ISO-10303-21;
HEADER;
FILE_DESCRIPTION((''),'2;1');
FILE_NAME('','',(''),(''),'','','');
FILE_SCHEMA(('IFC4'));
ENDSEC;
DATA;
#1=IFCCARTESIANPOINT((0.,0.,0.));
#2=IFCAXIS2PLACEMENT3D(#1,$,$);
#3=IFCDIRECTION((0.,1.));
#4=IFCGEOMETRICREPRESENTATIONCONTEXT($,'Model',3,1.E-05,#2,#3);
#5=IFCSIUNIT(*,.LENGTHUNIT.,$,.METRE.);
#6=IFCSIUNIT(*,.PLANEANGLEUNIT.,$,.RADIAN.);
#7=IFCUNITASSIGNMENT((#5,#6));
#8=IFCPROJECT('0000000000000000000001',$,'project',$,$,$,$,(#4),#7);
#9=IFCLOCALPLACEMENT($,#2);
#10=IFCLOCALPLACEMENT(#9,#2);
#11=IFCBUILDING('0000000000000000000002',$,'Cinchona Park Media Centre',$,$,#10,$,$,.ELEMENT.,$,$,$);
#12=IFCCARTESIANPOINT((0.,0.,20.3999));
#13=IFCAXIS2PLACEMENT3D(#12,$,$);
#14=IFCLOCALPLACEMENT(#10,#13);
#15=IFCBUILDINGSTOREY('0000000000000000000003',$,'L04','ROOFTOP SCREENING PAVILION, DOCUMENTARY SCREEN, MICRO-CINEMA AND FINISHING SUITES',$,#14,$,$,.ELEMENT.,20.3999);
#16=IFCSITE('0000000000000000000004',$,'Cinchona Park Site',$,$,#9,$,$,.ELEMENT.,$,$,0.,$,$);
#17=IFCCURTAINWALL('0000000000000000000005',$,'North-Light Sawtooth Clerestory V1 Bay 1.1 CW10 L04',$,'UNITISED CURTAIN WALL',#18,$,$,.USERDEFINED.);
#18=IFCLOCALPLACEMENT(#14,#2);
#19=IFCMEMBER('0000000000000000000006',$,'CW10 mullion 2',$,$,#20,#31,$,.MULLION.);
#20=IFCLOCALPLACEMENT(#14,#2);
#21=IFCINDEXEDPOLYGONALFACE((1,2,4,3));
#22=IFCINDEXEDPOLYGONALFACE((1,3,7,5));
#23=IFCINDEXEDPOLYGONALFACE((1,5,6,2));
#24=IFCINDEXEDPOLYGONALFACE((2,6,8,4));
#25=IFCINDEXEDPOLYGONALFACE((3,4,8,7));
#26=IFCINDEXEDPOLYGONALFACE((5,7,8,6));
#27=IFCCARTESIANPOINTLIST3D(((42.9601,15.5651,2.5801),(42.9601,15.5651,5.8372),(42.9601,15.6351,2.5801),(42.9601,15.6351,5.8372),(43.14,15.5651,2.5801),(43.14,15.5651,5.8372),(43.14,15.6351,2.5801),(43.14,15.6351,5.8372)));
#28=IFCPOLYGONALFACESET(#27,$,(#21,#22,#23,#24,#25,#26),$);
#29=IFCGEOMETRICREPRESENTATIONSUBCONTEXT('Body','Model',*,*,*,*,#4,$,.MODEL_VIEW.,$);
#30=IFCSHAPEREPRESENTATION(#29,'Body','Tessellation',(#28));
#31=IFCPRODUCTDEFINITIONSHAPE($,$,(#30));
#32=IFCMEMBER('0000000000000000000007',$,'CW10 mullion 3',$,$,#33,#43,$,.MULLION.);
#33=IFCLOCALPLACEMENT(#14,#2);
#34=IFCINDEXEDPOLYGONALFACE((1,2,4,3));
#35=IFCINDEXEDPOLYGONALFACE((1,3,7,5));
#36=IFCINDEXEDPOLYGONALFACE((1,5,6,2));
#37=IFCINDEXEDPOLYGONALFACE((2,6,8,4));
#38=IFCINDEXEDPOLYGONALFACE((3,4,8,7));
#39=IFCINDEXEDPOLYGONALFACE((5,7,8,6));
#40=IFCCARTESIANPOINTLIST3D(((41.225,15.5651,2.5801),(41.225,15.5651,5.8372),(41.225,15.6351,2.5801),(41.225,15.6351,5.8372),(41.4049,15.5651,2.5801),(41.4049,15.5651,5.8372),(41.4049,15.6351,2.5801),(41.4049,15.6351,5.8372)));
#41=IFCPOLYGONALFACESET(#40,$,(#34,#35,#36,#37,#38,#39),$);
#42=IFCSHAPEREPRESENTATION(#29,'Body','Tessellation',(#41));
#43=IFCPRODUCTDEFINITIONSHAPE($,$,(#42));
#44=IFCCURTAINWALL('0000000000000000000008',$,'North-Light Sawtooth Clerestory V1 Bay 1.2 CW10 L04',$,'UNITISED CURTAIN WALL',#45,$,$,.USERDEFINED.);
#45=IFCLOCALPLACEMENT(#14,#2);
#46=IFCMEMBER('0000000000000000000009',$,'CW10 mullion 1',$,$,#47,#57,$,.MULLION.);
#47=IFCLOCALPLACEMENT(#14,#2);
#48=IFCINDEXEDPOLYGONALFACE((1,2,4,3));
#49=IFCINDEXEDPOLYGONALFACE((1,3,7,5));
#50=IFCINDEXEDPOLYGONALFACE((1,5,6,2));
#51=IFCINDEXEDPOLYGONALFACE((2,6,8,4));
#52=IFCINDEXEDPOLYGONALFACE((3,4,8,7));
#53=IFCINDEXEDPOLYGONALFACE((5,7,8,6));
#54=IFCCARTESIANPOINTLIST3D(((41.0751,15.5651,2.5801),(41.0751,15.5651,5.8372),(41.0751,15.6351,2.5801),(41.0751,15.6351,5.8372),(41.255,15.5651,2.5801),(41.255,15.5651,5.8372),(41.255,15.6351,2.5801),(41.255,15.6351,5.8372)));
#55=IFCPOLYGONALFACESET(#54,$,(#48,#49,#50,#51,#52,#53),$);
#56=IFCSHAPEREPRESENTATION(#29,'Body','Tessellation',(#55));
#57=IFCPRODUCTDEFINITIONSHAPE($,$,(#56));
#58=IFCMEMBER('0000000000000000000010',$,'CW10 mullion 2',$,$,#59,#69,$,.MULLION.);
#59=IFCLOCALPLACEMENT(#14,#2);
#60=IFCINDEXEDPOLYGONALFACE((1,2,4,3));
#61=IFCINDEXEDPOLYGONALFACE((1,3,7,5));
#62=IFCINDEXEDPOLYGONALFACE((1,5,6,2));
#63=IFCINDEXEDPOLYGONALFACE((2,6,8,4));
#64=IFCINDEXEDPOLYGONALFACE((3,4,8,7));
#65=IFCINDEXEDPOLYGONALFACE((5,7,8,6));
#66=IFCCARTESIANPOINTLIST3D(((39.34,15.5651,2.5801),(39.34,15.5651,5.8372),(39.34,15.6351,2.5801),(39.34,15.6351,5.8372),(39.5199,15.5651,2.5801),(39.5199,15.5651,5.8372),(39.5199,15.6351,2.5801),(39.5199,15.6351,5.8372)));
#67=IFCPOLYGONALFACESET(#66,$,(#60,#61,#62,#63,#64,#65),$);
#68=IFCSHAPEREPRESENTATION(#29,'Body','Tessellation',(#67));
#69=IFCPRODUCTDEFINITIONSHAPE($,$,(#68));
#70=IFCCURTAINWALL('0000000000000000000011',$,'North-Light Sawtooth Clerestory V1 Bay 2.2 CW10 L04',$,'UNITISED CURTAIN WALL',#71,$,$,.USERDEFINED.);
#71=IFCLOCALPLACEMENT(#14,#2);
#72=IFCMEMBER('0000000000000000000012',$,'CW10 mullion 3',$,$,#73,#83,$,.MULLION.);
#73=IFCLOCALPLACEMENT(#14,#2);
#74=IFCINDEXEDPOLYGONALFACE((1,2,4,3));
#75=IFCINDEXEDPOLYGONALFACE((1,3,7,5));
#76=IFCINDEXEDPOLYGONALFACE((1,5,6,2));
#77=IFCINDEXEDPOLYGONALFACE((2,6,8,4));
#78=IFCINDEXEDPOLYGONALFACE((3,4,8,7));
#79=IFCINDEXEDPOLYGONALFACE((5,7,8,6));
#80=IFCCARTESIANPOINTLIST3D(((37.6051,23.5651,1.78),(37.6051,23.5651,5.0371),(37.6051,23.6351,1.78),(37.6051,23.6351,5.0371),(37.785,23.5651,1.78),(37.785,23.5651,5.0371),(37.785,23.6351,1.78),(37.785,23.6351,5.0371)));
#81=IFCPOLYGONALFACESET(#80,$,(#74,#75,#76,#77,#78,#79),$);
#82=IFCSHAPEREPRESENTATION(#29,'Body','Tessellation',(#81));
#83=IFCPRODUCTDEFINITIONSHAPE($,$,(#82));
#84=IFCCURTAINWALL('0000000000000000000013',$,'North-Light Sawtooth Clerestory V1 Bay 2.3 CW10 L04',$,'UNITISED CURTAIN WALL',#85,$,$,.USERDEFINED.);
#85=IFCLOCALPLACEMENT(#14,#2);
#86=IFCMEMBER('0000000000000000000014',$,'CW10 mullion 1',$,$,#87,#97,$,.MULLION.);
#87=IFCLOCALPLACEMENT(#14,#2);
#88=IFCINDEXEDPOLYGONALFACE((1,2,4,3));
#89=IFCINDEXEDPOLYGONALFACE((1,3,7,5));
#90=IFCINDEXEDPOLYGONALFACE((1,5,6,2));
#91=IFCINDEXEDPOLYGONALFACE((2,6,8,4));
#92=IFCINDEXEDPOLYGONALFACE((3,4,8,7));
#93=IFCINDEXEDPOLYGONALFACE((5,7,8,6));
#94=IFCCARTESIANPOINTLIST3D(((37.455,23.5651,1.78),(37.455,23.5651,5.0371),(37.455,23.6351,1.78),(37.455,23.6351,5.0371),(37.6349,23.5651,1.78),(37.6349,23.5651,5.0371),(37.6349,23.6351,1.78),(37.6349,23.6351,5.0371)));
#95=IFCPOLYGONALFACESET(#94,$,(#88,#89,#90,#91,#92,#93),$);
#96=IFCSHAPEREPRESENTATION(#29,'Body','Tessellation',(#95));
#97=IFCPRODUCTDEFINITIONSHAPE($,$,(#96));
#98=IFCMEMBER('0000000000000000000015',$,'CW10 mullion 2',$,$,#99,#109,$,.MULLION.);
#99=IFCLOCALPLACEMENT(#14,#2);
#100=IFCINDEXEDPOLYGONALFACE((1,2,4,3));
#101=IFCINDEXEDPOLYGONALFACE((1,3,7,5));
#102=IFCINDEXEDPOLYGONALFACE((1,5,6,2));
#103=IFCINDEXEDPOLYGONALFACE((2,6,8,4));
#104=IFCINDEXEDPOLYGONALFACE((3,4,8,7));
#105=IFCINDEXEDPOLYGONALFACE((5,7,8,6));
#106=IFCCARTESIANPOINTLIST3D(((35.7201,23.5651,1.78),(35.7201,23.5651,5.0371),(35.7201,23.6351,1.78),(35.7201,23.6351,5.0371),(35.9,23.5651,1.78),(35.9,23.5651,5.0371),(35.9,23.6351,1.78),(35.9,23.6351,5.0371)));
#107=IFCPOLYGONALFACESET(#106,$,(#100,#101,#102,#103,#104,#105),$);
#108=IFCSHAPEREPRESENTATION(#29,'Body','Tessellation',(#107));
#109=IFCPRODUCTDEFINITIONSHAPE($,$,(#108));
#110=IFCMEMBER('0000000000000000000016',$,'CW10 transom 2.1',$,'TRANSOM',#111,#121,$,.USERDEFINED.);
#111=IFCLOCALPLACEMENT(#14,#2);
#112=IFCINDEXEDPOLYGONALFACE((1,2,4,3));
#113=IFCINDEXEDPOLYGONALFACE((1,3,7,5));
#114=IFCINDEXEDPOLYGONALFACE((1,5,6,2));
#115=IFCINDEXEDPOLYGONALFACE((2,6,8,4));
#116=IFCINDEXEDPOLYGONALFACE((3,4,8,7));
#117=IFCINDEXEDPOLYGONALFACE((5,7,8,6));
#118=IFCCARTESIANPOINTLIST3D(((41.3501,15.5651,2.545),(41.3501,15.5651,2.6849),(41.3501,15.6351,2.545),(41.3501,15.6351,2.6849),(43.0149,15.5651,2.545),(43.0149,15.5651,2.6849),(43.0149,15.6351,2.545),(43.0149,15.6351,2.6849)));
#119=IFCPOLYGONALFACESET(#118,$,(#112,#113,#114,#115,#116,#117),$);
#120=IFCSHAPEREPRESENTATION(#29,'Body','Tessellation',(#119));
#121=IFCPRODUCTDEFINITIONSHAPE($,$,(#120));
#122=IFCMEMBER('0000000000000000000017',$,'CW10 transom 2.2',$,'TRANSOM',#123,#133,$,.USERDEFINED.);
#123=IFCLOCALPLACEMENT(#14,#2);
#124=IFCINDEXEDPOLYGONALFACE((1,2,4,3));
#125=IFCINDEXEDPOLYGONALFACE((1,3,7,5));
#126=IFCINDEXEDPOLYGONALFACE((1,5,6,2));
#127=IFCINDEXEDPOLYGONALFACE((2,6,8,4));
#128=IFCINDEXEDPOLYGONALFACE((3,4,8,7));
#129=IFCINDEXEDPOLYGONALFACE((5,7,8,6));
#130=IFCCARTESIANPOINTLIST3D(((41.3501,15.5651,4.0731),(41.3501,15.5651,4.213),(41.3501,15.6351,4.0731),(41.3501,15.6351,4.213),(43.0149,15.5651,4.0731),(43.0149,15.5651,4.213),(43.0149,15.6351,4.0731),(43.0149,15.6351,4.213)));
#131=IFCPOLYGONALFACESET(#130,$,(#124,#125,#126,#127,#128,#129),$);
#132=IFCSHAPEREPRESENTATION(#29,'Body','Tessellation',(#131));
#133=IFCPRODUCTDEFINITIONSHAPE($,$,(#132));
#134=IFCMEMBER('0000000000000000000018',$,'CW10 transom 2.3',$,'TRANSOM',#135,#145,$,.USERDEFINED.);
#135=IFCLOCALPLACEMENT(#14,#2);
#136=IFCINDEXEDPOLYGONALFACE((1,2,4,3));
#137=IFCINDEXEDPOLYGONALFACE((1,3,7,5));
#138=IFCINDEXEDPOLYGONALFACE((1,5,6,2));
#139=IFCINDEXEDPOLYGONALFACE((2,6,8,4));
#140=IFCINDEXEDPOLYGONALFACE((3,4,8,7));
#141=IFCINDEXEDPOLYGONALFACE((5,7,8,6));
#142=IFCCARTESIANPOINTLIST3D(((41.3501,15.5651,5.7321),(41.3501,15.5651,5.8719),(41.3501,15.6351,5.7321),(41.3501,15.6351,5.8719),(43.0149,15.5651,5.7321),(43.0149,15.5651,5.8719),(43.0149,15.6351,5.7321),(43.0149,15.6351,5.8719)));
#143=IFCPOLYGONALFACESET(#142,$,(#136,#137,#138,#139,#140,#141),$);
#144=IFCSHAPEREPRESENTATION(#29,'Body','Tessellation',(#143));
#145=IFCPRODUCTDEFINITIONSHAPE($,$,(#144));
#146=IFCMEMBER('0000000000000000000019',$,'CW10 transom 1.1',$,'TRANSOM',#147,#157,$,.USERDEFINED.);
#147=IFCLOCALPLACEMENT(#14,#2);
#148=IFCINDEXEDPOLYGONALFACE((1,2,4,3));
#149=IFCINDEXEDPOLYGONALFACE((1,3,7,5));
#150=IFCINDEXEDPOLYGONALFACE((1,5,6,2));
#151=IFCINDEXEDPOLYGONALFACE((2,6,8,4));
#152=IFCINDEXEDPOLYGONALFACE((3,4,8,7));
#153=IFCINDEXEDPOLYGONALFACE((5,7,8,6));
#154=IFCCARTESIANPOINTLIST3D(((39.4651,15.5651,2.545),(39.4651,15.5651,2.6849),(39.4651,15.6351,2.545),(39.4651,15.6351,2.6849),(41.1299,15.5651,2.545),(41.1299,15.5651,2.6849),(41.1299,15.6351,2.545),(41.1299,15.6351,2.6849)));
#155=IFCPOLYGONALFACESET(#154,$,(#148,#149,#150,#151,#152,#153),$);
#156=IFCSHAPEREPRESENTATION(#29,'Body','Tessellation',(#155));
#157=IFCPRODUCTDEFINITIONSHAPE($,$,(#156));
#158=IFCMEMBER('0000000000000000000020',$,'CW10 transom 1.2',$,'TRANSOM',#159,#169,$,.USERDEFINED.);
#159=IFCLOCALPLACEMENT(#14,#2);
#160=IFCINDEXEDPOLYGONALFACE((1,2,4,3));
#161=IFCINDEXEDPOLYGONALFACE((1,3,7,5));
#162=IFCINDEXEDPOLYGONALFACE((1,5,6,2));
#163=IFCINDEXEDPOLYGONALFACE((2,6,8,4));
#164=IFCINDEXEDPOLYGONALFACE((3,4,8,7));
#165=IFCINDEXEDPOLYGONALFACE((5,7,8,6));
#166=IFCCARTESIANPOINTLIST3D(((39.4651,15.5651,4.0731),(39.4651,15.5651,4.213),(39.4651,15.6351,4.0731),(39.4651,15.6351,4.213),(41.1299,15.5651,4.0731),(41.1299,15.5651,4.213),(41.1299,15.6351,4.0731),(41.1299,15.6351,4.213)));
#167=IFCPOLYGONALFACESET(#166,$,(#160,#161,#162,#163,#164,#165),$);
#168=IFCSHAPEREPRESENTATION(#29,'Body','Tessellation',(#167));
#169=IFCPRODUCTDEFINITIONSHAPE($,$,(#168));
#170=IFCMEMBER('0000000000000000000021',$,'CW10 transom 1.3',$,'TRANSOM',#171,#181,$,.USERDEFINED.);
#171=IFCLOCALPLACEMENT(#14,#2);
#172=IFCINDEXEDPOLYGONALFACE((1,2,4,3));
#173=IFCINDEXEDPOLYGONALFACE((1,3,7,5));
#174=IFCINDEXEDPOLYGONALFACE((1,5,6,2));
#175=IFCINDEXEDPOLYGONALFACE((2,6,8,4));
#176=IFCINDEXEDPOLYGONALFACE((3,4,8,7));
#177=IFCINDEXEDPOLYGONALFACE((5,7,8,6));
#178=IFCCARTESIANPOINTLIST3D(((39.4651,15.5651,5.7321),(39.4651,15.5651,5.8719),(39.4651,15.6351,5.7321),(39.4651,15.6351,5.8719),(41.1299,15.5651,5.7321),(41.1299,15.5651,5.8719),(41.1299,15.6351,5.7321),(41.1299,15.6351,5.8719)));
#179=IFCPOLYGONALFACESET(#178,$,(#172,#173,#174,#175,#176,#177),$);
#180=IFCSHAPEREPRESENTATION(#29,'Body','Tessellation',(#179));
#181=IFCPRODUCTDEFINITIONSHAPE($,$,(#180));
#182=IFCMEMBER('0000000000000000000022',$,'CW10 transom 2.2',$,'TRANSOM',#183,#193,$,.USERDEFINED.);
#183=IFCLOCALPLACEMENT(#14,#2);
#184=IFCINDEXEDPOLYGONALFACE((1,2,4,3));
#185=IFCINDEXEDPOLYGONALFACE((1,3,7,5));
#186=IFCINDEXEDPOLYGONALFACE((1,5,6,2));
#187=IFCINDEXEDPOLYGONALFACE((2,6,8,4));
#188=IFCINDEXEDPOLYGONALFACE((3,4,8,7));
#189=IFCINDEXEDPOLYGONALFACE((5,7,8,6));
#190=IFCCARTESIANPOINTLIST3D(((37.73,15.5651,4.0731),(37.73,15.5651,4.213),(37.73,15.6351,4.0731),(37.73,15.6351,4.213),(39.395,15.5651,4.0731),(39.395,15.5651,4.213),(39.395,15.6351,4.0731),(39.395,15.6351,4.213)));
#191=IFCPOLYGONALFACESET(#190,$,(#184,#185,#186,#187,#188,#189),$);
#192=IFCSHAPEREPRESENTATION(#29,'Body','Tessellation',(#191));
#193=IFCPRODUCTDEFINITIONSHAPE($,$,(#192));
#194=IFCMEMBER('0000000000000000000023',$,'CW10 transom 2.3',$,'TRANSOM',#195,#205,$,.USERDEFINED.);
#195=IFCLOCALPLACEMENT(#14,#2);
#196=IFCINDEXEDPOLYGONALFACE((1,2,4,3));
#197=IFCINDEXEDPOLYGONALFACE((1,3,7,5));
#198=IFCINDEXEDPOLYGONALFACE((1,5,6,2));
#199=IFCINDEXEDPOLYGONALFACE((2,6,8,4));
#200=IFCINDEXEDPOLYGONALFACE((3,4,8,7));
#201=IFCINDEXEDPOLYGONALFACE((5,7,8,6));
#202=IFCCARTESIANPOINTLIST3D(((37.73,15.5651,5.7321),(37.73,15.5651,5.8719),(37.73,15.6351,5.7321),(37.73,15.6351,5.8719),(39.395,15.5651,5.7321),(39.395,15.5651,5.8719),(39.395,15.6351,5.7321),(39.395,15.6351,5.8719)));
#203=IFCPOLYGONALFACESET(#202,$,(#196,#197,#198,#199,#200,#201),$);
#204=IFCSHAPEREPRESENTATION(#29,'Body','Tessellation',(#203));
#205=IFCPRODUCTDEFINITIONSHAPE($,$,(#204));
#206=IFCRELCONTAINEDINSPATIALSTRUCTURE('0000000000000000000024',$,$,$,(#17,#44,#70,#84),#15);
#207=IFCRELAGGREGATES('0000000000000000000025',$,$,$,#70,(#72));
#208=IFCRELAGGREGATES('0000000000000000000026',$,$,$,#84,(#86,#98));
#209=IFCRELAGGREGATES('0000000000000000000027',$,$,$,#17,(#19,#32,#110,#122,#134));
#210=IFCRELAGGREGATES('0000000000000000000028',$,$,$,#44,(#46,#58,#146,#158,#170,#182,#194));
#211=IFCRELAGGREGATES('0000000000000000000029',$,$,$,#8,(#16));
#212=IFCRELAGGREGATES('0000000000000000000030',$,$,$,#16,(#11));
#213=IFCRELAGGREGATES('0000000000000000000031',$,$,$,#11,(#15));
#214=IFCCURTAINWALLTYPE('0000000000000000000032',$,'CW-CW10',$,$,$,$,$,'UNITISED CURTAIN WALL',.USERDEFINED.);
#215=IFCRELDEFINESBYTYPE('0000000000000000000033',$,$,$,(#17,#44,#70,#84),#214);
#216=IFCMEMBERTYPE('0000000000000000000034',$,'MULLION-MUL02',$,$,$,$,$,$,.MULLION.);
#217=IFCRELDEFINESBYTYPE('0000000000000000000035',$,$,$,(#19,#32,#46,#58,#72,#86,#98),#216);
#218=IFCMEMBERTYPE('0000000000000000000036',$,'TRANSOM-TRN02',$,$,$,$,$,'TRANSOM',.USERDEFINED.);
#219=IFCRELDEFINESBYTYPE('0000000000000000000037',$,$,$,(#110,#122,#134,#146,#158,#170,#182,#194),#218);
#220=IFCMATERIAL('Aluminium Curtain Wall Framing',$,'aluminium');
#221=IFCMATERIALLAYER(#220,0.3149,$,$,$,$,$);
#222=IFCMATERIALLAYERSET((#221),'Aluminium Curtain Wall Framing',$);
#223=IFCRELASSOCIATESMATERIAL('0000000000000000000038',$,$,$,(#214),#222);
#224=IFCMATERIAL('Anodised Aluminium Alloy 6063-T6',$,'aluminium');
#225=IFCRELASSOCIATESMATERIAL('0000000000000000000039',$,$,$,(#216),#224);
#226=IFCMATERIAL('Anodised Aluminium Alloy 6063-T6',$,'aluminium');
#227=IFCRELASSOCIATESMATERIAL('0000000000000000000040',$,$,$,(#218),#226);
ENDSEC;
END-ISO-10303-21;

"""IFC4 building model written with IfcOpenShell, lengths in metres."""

from ifc_helpers import new_model, si_unit, direction, frame, origin, origin_2d, place, context, subcontext, project, spatial, rectangle, extrude, material, layer, layer_set, material_profile, profile_set, type_object, element, aggregate, save


model = new_model("IFC4")

# Units and contexts
model_context = context("Model", 3, precision=1e-05, world=origin(), true_north=direction((0.0, 1.0)))
body_context = subcontext(model_context, "Body", "Model", "MODEL_VIEW")
ifc_project = project(units=[si_unit("LENGTHUNIT", "METRE"), si_unit("PLANEANGLEUNIT", "RADIAN")], contexts=[model_context])

# Site, building, storey
site_placement = place(None, origin())
site = spatial("IfcSite", under=ifc_project, at=site_placement, Name="Cinchona Park Site", CompositionType="ELEMENT", RefElevation=0.0)
building_placement = place(site_placement, origin())
building = spatial("IfcBuilding", under=site, at=building_placement, Name="Cinchona Park Media Centre", CompositionType="ELEMENT")
storey_placement = place(building_placement, frame((0.0, 0.0, 20.3999)))
storey = spatial("IfcBuildingStorey", under=building, at=storey_placement, Name="L04", Description="ROOFTOP SCREENING PAVILION, DOCUMENTARY SCREEN, MICRO-CINEMA AND FINISHING SUITES", CompositionType="ELEMENT", Elevation=20.3999)

# Curtain walls, members
ifc_material_1 = material(Name="Aluminium Curtain Wall Framing", Category="aluminium")
ifc_layer_1 = layer(ifc_material_1, 0.3149)
ifc_layer_set_1 = layer_set([ifc_layer_1], Name="Aluminium Curtain Wall Framing")
curtain_wall_type = type_object("IfcCurtainWallType", Name="CW-CW10", ElementType="UNITISED CURTAIN WALL", PredefinedType="USERDEFINED", material=ifc_layer_set_1)
curtain_wall_1_placement = place(storey_placement, origin())
curtain_wall_1 = element("IfcCurtainWall", 1, at=curtain_wall_1_placement, inside=storey, type_object=curtain_wall_type, Name="North-Light Sawtooth Clerestory V1 Bay 1.1 CW10 L04", ObjectType="UNITISED CURTAIN WALL", PredefinedType="USERDEFINED")
ifc_material_2 = material(Name="Anodised Aluminium Alloy 6063-T6", Category="aluminium")
ifc_material_profile_1 = material_profile(ifc_material_2, rectangle(XDim=0.0701, YDim=0.1799, at=origin_2d()), Name="MUL-70X180")
ifc_profile_set_1 = profile_set([ifc_material_profile_1], Name="Anodised Aluminium Alloy 6063-T6")
member_type_1 = type_object("IfcMemberType", Name="MULLION-MUL02", PredefinedType="MULLION", material=ifc_profile_set_1)
member_1_placement = place(storey_placement, frame((43.05, 15.6001, 2.5801), z_axis=(0.0, 0.0, 1.0), x_axis=(0.0, -1.0, 0.0)))
member_1 = element("IfcMember", 2, at=member_1_placement, type_object=member_type_1, Name="CW10 mullion 2", PredefinedType="MULLION", context=body_context, shape_type="SweptSolid", body=[
    extrude(rectangle(XDim=0.0701, YDim=0.1799, at=origin_2d()), origin(), (0.0, 0.0, 1.0), 3.2571),
])
member_2_placement = place(storey_placement, frame((41.3149, 15.6001, 2.5801), z_axis=(0.0, 0.0, 1.0), x_axis=(0.0, -1.0, 0.0)))
member_2 = element("IfcMember", 3, at=member_2_placement, type_object=member_type_1, Name="CW10 mullion 3", PredefinedType="MULLION", context=body_context, shape_type="SweptSolid", body=[
    extrude(rectangle(XDim=0.0701, YDim=0.1799, at=origin_2d()), origin(), (0.0, 0.0, 1.0), 3.2571),
])
curtain_wall_2_placement = place(storey_placement, origin())
curtain_wall_2 = element("IfcCurtainWall", 4, at=curtain_wall_2_placement, inside=storey, type_object=curtain_wall_type, Name="North-Light Sawtooth Clerestory V1 Bay 1.2 CW10 L04", ObjectType="UNITISED CURTAIN WALL", PredefinedType="USERDEFINED")
member_3_placement = place(storey_placement, frame((41.165, 15.6001, 2.5801), z_axis=(0.0, 0.0, 1.0), x_axis=(0.0, -1.0, 0.0)))
member_3 = element("IfcMember", 5, at=member_3_placement, type_object=member_type_1, Name="CW10 mullion 1", PredefinedType="MULLION", context=body_context, shape_type="SweptSolid", body=[
    extrude(rectangle(XDim=0.0701, YDim=0.1799, at=origin_2d()), origin(), (0.0, 0.0, 1.0), 3.2571),
])
member_4_placement = place(storey_placement, frame((39.4299, 15.6001, 2.5801), z_axis=(0.0, 0.0, 1.0), x_axis=(0.0, -1.0, 0.0)))
member_4 = element("IfcMember", 6, at=member_4_placement, type_object=member_type_1, Name="CW10 mullion 2", PredefinedType="MULLION", context=body_context, shape_type="SweptSolid", body=[
    extrude(rectangle(XDim=0.0701, YDim=0.1799, at=origin_2d()), origin(), (0.0, 0.0, 1.0), 3.2571),
])

# Curtain wall, member
curtain_wall_3_placement = place(storey_placement, origin())
curtain_wall_3 = element("IfcCurtainWall", 7, at=curtain_wall_3_placement, inside=storey, type_object=curtain_wall_type, Name="North-Light Sawtooth Clerestory V1 Bay 2.2 CW10 L04", ObjectType="UNITISED CURTAIN WALL", PredefinedType="USERDEFINED")
member_5_placement = place(storey_placement, frame((37.6951, 23.6001, 1.78), z_axis=(0.0, 0.0, 1.0), x_axis=(0.0, -1.0, 0.0)))
member_5 = element("IfcMember", 8, at=member_5_placement, type_object=member_type_1, Name="CW10 mullion 3", PredefinedType="MULLION", context=body_context, shape_type="SweptSolid", body=[
    extrude(rectangle(XDim=0.0701, YDim=0.1799, at=origin_2d()), origin(), (0.0, 0.0, 1.0), 3.2571),
])

# Curtain wall, members
curtain_wall_4_placement = place(storey_placement, origin())
curtain_wall_4 = element("IfcCurtainWall", 9, at=curtain_wall_4_placement, inside=storey, type_object=curtain_wall_type, Name="North-Light Sawtooth Clerestory V1 Bay 2.3 CW10 L04", ObjectType="UNITISED CURTAIN WALL", PredefinedType="USERDEFINED")
member_6_placement = place(storey_placement, frame((37.5449, 23.6001, 1.78), z_axis=(0.0, 0.0, 1.0), x_axis=(0.0, -1.0, 0.0)))
member_6 = element("IfcMember", 10, at=member_6_placement, type_object=member_type_1, Name="CW10 mullion 1", PredefinedType="MULLION", context=body_context, shape_type="SweptSolid", body=[
    extrude(rectangle(XDim=0.0701, YDim=0.1799, at=origin_2d()), origin(), (0.0, 0.0, 1.0), 3.2571),
])
member_7_placement = place(storey_placement, frame((35.8101, 23.6001, 1.78), z_axis=(0.0, 0.0, 1.0), x_axis=(0.0, -1.0, 0.0)))
member_7 = element("IfcMember", 11, at=member_7_placement, type_object=member_type_1, Name="CW10 mullion 2", PredefinedType="MULLION", context=body_context, shape_type="SweptSolid", body=[
    extrude(rectangle(XDim=0.0701, YDim=0.1799, at=origin_2d()), origin(), (0.0, 0.0, 1.0), 3.2571),
])

# Members
ifc_material_3 = material(Name="Anodised Aluminium Alloy 6063-T6", Category="aluminium")
ifc_material_profile_2 = material_profile(ifc_material_3, rectangle(XDim=0.0701, YDim=0.1399, at=origin_2d()), Name="TRN-70X140")
ifc_profile_set_2 = profile_set([ifc_material_profile_2], Name="Anodised Aluminium Alloy 6063-T6")
member_type_2 = type_object("IfcMemberType", Name="TRANSOM-TRN02", ElementType="TRANSOM", PredefinedType="USERDEFINED", material=ifc_profile_set_2)
member_8_placement = place(storey_placement, frame((43.0149, 15.6001, 2.615), z_axis=(-1.0, 0.0, 0.0), x_axis=(0.0, -1.0, 0.0)))
member_8 = element("IfcMember", 12, at=member_8_placement, type_object=member_type_2, Name="CW10 transom 2.1", ObjectType="TRANSOM", PredefinedType="USERDEFINED", context=body_context, shape_type="SweptSolid", body=[
    extrude(rectangle(XDim=0.0701, YDim=0.1399, at=origin_2d()), origin(), (0.0, 0.0, 1.0), 1.6648),
])
member_9_placement = place(storey_placement, frame((43.0149, 15.6001, 4.1431), z_axis=(-1.0, 0.0, 0.0), x_axis=(0.0, -1.0, 0.0)))
member_9 = element("IfcMember", 13, at=member_9_placement, type_object=member_type_2, Name="CW10 transom 2.2", ObjectType="TRANSOM", PredefinedType="USERDEFINED", context=body_context, shape_type="SweptSolid", body=[
    extrude(rectangle(XDim=0.0701, YDim=0.1399, at=origin_2d()), origin(), (0.0, 0.0, 1.0), 1.6648),
])
member_10_placement = place(storey_placement, frame((43.0149, 15.6001, 5.802), z_axis=(-1.0, 0.0, 0.0), x_axis=(0.0, -1.0, 0.0)))
member_10 = element("IfcMember", 14, at=member_10_placement, type_object=member_type_2, Name="CW10 transom 2.3", ObjectType="TRANSOM", PredefinedType="USERDEFINED", context=body_context, shape_type="SweptSolid", body=[
    extrude(rectangle(XDim=0.0701, YDim=0.1399, at=origin_2d()), origin(), (0.0, 0.0, 1.0), 1.6648),
])
member_11_placement = place(storey_placement, frame((41.1299, 15.6001, 2.615), z_axis=(-1.0, 0.0, 0.0), x_axis=(0.0, -1.0, 0.0)))
member_11 = element("IfcMember", 15, at=member_11_placement, type_object=member_type_2, Name="CW10 transom 1.1", ObjectType="TRANSOM", PredefinedType="USERDEFINED", context=body_context, shape_type="SweptSolid", body=[
    extrude(rectangle(XDim=0.0701, YDim=0.1399, at=origin_2d()), origin(), (0.0, 0.0, 1.0), 1.6648),
])
member_12_placement = place(storey_placement, frame((41.1299, 15.6001, 4.1431), z_axis=(-1.0, 0.0, 0.0), x_axis=(0.0, -1.0, 0.0)))
member_12 = element("IfcMember", 16, at=member_12_placement, type_object=member_type_2, Name="CW10 transom 1.2", ObjectType="TRANSOM", PredefinedType="USERDEFINED", context=body_context, shape_type="SweptSolid", body=[
    extrude(rectangle(XDim=0.0701, YDim=0.1399, at=origin_2d()), origin(), (0.0, 0.0, 1.0), 1.6648),
])
member_13_placement = place(storey_placement, frame((41.1299, 15.6001, 5.802), z_axis=(-1.0, 0.0, 0.0), x_axis=(0.0, -1.0, 0.0)))
member_13 = element("IfcMember", 17, at=member_13_placement, type_object=member_type_2, Name="CW10 transom 1.3", ObjectType="TRANSOM", PredefinedType="USERDEFINED", context=body_context, shape_type="SweptSolid", body=[
    extrude(rectangle(XDim=0.0701, YDim=0.1399, at=origin_2d()), origin(), (0.0, 0.0, 1.0), 1.6648),
])
member_14_placement = place(storey_placement, frame((39.395, 15.6001, 4.1431), z_axis=(-1.0, 0.0, 0.0), x_axis=(0.0, -1.0, 0.0)))
member_14 = element("IfcMember", 18, at=member_14_placement, type_object=member_type_2, Name="CW10 transom 2.2", ObjectType="TRANSOM", PredefinedType="USERDEFINED", context=body_context, shape_type="SweptSolid", body=[
    extrude(rectangle(XDim=0.0701, YDim=0.1399, at=origin_2d()), origin(), (0.0, 0.0, 1.0), 1.665),
])
member_15_placement = place(storey_placement, frame((39.395, 15.6001, 5.802), z_axis=(-1.0, 0.0, 0.0), x_axis=(0.0, -1.0, 0.0)))
member_15 = element("IfcMember", 19, at=member_15_placement, type_object=member_type_2, Name="CW10 transom 2.3", ObjectType="TRANSOM", PredefinedType="USERDEFINED", context=body_context, shape_type="SweptSolid", body=[
    extrude(rectangle(XDim=0.0701, YDim=0.1399, at=origin_2d()), origin(), (0.0, 0.0, 1.0), 1.665),
])

aggregate(curtain_wall_3, [member_5])
aggregate(curtain_wall_4, [member_6, member_7])
aggregate(curtain_wall_1, [member_1, member_2, member_8, member_9, member_10])
aggregate(curtain_wall_2, [member_3, member_4, member_11, member_12, member_13, member_14, member_15])

save(model, "model.ifc")
